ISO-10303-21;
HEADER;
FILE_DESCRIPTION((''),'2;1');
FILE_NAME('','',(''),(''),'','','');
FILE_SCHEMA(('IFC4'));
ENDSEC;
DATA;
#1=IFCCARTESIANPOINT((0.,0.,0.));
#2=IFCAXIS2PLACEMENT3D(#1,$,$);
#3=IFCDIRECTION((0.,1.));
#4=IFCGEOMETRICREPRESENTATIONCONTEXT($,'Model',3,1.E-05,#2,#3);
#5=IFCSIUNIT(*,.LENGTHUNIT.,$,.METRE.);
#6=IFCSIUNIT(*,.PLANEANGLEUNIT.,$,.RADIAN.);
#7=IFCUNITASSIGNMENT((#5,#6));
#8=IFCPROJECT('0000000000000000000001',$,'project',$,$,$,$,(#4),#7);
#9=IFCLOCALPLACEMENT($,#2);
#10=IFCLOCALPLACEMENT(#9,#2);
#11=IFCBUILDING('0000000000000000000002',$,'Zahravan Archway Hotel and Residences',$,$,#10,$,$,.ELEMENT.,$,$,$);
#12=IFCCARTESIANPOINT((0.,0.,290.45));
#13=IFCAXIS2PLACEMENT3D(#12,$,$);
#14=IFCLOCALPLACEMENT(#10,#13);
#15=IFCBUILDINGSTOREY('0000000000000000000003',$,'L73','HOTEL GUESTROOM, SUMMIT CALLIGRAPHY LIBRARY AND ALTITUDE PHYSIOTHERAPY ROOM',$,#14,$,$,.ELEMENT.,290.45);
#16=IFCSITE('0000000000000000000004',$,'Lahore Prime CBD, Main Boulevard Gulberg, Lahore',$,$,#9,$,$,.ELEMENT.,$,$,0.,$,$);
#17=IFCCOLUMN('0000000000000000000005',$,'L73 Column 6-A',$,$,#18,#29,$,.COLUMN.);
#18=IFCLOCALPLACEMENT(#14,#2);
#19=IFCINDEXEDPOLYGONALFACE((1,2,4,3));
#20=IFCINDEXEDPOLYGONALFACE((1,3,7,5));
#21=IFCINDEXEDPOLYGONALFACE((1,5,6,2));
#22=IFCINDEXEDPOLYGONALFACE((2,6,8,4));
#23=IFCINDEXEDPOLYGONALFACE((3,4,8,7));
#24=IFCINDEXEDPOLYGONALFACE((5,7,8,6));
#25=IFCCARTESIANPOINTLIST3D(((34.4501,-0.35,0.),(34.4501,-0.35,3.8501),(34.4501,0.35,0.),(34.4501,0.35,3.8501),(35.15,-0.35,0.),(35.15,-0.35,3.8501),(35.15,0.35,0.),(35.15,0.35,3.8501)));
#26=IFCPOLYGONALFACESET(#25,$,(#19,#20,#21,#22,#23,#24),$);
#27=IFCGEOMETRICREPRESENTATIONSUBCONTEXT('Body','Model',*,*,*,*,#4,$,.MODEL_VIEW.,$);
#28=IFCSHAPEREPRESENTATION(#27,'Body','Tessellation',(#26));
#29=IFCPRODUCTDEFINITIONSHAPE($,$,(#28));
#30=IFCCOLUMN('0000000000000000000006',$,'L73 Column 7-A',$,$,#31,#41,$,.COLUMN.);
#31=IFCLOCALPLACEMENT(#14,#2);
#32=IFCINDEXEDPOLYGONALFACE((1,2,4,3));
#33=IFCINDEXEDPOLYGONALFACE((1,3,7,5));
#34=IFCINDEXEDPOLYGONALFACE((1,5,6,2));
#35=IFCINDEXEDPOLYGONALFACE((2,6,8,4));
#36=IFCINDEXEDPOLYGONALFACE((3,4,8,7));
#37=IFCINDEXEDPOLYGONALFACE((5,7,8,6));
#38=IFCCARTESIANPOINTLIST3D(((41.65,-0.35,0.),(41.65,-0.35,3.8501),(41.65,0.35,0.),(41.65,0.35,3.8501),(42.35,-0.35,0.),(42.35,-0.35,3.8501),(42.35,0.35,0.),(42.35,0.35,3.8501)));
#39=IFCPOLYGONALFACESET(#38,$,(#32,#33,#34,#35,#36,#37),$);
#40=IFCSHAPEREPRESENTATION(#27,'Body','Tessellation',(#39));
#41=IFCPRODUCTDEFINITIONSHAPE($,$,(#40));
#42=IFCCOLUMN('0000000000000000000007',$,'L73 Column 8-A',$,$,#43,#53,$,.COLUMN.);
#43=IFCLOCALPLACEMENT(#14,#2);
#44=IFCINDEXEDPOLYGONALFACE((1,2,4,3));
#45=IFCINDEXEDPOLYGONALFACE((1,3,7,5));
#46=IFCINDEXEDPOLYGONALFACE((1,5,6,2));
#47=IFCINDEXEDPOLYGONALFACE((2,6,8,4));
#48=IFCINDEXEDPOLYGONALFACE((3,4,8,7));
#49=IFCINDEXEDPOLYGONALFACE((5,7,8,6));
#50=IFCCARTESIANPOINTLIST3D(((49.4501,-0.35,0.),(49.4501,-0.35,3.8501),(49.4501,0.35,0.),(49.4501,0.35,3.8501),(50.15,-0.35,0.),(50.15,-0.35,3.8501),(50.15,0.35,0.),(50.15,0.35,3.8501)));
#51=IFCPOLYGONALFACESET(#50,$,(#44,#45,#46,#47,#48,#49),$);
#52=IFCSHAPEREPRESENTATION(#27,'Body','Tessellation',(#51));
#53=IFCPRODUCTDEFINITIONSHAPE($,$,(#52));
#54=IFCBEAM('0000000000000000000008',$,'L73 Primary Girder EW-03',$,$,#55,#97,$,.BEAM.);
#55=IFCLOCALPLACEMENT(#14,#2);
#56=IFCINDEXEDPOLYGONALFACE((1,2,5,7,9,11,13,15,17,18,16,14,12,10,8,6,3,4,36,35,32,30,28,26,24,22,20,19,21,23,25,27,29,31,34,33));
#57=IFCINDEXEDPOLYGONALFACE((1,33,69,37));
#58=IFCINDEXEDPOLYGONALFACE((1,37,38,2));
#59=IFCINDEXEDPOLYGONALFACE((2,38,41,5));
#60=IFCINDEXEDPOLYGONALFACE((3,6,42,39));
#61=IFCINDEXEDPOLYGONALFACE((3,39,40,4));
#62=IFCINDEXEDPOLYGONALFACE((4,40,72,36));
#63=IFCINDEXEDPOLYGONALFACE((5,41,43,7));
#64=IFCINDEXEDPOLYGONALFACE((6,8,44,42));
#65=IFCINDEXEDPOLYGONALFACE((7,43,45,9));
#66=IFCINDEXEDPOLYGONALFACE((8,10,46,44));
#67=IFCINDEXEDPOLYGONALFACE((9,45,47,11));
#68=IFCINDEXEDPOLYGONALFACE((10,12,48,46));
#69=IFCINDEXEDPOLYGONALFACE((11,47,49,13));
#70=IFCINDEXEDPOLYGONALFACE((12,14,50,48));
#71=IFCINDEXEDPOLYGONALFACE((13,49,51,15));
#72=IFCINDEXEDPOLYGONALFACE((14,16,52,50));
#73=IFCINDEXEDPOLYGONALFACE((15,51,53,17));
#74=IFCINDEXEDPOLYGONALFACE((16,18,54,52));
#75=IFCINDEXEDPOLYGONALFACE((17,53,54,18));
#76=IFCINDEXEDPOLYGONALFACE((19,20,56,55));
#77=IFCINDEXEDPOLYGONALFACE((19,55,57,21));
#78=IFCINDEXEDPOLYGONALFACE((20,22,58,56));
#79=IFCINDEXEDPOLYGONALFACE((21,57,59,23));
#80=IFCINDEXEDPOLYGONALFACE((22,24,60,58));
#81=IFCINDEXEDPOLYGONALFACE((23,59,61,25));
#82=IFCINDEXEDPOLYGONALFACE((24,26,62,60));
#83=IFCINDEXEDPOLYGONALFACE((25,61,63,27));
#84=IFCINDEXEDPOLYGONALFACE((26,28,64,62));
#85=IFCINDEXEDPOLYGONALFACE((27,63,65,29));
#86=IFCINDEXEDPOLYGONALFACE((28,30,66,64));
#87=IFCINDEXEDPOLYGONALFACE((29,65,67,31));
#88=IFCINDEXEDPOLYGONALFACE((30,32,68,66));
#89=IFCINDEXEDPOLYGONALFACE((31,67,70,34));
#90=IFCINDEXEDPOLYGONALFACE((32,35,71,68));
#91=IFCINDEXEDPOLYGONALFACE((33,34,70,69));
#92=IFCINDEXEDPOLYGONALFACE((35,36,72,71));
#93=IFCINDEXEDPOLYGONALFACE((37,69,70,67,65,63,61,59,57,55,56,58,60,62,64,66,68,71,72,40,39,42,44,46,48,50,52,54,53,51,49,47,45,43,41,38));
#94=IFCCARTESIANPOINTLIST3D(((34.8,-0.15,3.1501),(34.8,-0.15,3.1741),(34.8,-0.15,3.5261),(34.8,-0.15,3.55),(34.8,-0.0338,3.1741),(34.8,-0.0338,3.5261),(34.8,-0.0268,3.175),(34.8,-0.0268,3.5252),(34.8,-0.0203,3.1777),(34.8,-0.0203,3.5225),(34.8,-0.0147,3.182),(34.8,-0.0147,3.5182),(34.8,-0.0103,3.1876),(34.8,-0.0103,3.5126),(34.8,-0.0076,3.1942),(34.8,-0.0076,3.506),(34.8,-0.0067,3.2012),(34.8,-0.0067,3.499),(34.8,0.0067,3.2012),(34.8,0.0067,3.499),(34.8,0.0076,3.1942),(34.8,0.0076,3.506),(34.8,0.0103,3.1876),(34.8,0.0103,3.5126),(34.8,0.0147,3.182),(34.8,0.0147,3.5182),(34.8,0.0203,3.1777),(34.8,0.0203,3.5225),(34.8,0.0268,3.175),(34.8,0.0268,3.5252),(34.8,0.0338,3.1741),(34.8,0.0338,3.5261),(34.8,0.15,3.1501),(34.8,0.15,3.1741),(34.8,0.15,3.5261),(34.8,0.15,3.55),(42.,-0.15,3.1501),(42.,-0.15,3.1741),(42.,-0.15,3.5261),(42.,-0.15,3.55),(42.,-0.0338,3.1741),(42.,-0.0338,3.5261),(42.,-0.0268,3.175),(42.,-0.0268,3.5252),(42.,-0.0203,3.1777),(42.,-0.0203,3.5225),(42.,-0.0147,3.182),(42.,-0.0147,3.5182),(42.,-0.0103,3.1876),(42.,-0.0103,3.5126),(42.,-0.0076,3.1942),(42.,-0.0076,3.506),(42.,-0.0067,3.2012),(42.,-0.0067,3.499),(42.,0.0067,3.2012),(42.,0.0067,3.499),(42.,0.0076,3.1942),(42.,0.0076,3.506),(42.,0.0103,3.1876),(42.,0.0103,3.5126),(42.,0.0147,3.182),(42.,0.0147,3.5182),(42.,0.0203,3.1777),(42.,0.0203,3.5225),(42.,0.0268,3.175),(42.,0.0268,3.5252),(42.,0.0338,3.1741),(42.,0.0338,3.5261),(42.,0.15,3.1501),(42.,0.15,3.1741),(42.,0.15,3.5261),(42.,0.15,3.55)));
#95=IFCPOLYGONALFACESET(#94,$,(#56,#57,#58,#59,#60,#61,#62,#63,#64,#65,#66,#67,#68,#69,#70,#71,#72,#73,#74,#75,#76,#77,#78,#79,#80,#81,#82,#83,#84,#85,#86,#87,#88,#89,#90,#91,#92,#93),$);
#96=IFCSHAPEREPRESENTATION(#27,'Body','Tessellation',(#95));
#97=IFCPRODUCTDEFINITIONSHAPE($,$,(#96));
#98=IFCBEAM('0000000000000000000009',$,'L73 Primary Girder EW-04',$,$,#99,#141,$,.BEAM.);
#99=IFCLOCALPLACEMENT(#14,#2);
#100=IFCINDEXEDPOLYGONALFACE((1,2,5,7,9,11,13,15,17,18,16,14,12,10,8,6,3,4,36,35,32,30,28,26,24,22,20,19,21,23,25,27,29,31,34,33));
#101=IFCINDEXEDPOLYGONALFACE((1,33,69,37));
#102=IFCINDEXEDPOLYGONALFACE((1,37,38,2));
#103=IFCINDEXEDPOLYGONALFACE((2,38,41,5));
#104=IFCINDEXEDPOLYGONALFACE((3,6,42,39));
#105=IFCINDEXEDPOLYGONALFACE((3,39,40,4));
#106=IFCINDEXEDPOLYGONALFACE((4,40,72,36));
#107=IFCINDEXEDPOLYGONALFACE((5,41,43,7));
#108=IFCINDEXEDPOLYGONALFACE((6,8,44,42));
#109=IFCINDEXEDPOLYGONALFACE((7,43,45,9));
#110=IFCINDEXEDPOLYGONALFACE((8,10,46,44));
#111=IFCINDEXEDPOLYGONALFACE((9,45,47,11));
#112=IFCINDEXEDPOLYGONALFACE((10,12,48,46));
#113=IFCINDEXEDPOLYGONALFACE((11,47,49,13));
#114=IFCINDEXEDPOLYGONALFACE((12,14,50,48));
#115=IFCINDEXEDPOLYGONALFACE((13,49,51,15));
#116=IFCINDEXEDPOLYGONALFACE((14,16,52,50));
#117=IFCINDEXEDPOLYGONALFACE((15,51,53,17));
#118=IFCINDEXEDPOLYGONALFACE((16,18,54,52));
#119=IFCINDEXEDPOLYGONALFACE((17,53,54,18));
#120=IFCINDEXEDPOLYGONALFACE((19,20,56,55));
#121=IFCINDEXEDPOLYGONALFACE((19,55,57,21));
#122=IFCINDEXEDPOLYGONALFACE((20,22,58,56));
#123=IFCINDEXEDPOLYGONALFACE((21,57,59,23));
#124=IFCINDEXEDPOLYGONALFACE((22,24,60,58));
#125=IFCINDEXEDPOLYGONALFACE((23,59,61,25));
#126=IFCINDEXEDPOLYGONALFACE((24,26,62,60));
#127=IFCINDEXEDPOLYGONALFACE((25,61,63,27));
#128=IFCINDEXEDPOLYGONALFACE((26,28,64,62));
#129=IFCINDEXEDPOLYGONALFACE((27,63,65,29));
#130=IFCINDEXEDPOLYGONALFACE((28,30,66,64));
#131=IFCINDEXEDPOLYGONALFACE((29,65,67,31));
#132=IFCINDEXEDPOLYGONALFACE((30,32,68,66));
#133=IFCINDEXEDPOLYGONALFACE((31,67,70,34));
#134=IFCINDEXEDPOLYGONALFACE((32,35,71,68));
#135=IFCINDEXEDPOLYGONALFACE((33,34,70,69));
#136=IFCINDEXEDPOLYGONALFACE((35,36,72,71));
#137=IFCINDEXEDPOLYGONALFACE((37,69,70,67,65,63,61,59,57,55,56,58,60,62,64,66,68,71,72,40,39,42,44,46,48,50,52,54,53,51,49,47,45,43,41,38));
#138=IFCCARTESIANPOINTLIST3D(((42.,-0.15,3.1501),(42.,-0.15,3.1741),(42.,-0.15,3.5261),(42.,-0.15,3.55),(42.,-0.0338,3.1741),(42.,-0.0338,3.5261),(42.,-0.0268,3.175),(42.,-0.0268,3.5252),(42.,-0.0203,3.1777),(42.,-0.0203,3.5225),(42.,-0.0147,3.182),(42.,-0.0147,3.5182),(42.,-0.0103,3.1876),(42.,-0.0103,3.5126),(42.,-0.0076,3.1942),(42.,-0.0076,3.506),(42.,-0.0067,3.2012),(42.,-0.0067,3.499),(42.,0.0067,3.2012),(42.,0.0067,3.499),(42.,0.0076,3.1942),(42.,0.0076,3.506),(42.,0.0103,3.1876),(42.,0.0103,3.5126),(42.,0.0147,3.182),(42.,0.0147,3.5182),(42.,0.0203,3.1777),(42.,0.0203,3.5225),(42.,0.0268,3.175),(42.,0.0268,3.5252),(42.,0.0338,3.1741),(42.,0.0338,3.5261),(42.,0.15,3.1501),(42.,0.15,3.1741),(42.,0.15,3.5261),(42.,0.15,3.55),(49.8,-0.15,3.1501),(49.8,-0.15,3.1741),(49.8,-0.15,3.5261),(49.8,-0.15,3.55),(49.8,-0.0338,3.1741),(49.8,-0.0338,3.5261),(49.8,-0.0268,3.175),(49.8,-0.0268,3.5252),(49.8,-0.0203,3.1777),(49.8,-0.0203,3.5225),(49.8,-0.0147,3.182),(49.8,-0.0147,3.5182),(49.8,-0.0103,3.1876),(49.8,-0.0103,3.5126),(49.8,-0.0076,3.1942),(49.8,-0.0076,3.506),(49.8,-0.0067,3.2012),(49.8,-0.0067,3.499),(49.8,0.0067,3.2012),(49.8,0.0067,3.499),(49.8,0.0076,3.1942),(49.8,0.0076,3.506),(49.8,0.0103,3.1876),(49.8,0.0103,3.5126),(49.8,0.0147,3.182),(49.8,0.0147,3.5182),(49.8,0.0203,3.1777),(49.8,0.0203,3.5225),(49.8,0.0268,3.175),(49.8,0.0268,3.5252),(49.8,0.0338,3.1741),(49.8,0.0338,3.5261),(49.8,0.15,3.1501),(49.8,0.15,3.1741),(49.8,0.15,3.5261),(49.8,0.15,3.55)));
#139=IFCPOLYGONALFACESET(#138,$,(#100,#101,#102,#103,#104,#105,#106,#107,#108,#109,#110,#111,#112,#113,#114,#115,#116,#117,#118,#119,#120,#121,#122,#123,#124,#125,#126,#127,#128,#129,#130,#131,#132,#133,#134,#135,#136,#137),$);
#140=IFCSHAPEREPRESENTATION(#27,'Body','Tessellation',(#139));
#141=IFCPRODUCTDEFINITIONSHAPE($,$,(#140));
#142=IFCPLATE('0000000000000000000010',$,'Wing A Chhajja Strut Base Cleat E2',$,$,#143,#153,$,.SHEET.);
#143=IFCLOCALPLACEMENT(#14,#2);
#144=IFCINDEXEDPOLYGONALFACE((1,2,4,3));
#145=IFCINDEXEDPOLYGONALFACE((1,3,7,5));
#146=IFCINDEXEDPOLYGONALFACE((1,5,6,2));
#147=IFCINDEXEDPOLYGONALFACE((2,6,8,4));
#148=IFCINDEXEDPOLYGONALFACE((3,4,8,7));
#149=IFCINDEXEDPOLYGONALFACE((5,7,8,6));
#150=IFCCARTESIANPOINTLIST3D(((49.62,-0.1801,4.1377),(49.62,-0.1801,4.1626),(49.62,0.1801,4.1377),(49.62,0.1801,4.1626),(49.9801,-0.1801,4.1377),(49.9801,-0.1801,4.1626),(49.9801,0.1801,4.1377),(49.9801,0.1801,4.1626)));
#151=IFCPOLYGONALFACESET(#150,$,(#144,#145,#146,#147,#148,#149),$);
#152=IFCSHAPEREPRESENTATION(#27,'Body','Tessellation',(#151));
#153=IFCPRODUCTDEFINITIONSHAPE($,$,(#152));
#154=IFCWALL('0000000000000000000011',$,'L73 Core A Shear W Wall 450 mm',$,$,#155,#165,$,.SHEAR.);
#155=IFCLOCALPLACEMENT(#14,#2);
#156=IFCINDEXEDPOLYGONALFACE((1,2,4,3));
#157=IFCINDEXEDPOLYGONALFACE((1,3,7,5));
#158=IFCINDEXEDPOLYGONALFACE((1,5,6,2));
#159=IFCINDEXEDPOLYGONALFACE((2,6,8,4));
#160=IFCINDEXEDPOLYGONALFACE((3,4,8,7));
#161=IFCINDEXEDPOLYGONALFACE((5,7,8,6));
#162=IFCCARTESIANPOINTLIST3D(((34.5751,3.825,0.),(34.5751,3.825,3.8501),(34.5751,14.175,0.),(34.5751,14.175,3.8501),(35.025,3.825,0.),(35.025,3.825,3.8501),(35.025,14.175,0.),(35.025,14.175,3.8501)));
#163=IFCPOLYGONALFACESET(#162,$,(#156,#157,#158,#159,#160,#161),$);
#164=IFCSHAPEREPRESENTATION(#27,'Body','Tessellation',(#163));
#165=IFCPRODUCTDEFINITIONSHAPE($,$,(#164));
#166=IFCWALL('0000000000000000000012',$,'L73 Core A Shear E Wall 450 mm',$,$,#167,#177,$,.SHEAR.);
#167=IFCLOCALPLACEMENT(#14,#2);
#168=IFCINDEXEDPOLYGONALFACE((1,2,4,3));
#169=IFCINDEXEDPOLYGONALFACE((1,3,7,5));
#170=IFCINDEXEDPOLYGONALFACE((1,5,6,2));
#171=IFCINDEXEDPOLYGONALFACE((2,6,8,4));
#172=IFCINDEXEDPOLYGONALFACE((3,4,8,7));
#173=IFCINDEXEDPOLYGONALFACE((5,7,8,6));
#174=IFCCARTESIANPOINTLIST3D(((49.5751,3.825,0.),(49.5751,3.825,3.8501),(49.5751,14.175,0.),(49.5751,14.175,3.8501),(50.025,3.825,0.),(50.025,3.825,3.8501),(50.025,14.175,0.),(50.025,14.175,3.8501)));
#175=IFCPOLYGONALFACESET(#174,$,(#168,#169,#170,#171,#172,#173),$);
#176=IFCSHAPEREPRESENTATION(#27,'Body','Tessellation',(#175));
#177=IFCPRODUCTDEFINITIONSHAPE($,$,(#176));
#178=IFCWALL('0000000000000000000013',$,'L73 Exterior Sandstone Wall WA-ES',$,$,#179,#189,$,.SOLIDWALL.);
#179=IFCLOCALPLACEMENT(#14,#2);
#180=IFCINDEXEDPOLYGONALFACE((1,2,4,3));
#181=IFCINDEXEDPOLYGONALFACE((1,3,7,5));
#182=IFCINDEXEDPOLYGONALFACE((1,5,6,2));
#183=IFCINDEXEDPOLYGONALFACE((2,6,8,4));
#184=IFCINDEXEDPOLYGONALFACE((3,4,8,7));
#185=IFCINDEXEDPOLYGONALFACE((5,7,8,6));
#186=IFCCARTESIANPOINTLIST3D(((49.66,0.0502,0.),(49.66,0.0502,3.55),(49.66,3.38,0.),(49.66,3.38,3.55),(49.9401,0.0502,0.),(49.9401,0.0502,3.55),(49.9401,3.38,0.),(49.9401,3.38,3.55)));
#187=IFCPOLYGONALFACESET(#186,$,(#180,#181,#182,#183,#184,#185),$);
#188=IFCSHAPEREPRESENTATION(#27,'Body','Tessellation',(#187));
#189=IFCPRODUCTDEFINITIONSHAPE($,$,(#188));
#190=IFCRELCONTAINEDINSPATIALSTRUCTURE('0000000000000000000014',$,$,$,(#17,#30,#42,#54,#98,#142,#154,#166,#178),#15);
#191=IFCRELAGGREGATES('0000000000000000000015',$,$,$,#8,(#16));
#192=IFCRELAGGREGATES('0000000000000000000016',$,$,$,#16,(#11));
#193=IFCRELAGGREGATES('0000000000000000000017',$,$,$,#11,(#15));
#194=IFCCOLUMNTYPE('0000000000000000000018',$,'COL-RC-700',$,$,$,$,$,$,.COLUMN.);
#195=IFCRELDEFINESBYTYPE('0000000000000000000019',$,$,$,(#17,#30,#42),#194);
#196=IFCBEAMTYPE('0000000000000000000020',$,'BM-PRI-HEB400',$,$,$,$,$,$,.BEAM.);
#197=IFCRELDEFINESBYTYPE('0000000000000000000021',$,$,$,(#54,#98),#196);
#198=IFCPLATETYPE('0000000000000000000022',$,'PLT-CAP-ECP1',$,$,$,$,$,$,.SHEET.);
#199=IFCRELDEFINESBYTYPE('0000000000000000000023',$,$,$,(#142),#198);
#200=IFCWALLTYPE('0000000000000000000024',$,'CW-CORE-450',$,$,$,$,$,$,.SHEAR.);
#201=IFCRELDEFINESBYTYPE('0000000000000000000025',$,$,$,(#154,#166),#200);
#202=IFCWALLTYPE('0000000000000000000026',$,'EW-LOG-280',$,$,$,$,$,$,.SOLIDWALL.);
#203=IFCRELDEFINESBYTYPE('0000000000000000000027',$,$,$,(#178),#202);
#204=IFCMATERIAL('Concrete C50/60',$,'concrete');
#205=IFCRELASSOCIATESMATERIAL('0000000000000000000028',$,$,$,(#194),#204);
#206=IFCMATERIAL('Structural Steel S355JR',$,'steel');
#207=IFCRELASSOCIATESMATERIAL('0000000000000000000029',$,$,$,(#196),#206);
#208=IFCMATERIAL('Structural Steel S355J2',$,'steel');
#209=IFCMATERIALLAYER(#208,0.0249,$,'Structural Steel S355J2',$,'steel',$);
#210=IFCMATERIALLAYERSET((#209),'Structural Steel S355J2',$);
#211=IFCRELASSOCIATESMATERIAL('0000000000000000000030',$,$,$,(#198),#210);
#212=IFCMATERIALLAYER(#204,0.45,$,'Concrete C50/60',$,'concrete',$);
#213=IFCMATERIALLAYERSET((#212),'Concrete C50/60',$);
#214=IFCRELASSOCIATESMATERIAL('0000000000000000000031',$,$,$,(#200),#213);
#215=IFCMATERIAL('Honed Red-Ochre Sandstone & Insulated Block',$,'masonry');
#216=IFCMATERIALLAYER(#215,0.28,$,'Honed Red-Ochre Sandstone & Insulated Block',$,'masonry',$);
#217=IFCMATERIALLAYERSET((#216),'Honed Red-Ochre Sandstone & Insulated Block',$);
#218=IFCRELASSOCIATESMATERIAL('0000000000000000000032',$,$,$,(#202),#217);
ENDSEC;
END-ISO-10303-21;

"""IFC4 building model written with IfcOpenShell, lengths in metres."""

from ifc_helpers import new_model, si_unit, direction, frame, frame_2d, origin, origin_2d, place, context, subcontext, project, spatial, rectangle, i_section, extrude, source, transform, mapped, material, layer, layer_set, material_profile, profile_set, type_object, type_shapes, element, save


model = new_model("IFC4")

# Units and contexts
model_context = context("Model", 3, precision=1e-05, world=origin(), true_north=direction((0.0, 1.0)))
body_context = subcontext(model_context, "Body", "Model", "MODEL_VIEW")
ifc_project = project(units=[si_unit("LENGTHUNIT", "METRE"), si_unit("PLANEANGLEUNIT", "RADIAN")], contexts=[model_context])

# Site, building, storey
site_placement = place(None, origin())
site = spatial("IfcSite", under=ifc_project, at=site_placement, Name="Lahore Prime CBD, Main Boulevard Gulberg, Lahore", CompositionType="ELEMENT", RefElevation=0.0)
building_placement = place(site_placement, origin())
building = spatial("IfcBuilding", under=site, at=building_placement, Name="Zahravan Archway Hotel and Residences", CompositionType="ELEMENT")
storey_placement = place(building_placement, frame((0.0, 0.0, 290.45)))
storey = spatial("IfcBuildingStorey", under=building, at=storey_placement, Name="L73", Description="HOTEL GUESTROOM, SUMMIT CALLIGRAPHY LIBRARY AND ALTITUDE PHYSIOTHERAPY ROOM", CompositionType="ELEMENT", Elevation=290.45)

# Columns
ifc_material_1 = material(Name="Concrete C50/60", Category="concrete")
ifc_material_profile_1 = material_profile(ifc_material_1, rectangle(XDim=0.7, YDim=0.7, at=origin_2d()), Name="RC-COL-700x700", Category="concrete")
ifc_profile_set_1 = profile_set([ifc_material_profile_1], Name="Concrete C50/60")
column_type = type_object("IfcColumnType", Name="COL-RC-700", PredefinedType="COLUMN", material=ifc_profile_set_1)
shared_shape_1 = source(origin(), body_context, "Body", "SweptSolid", [
    extrude(rectangle(XDim=0.7, YDim=0.7, at=origin_2d()), origin(), (0.0, 0.0, 1.0), 3.8501),
])
for number, where, z_axis, x_axis, name in (
    (1, (34.8, 0.0, 0.0), (0.0, 0.0, 1.0), (1.0, 0.0, 0.0), "L73 Column 6-A"),
    (2, (42.0, 0.0, 0.0), (0.0, 0.0, 1.0), (1.0, 0.0, 0.0), "L73 Column 7-A"),
    (3, (49.8, 0.0, 0.0), (0.0, 0.0, 1.0), (1.0, 0.0, 0.0), "L73 Column 8-A"),
):
    element("IfcColumn", number, at=place(storey_placement, frame(where, z_axis=z_axis, x_axis=x_axis)), inside=storey, type_object=column_type, Name=name, PredefinedType="COLUMN", context=body_context, shape_type="MappedRepresentation", body=[
        mapped(shared_shape_1, transform((0.0, 0.0, 0.0), scale=1.0)),
    ])

# Beams
ifc_material_2 = material(Name="Structural Steel S355JR", Category="steel")
ifc_material_profile_2 = material_profile(ifc_material_2, i_section(OverallWidth=0.3, OverallDepth=0.3999, WebThickness=0.0134, FlangeThickness=0.0239, FilletRadius=0.0271, at=origin_2d()), Name="HEB 400", Category="steel")
ifc_profile_set_2 = profile_set([ifc_material_profile_2], Name="Structural Steel S355JR")
beam_type = type_object("IfcBeamType", Name="BM-PRI-HEB400", PredefinedType="BEAM", material=ifc_profile_set_2)
shared_shape_2 = source(origin(), body_context, "Body", "SweptSolid", [
    extrude(i_section(OverallWidth=0.3, OverallDepth=0.3999, WebThickness=0.0134, FlangeThickness=0.0239, FilletRadius=0.0271, at=origin_2d()), origin(), (0.0, 0.0, 1.0), 7.2),
])
type_shapes(beam_type, [shared_shape_2])
beam_1_placement = place(storey_placement, frame((34.8, 0.0, 3.3501), z_axis=(1.0, 0.0, 0.0), x_axis=(0.0, 1.0, 0.0)))
element("IfcBeam", 4, at=beam_1_placement, inside=storey, type_object=beam_type, Name="L73 Primary Girder EW-03", PredefinedType="BEAM", context=body_context, shape_type="MappedRepresentation", body=[
    mapped(shared_shape_2, transform((0.0, 0.0, 0.0), scale=1.0)),
])
shared_shape_3 = source(origin(), body_context, "Body", "SweptSolid", [
    extrude(i_section(OverallWidth=0.3, OverallDepth=0.3999, WebThickness=0.0134, FlangeThickness=0.0239, FilletRadius=0.0271, at=origin_2d()), origin(), (0.0, 0.0, 1.0), 7.8),
])
beam_2_placement = place(storey_placement, frame((42.0, 0.0, 3.3501), z_axis=(1.0, 0.0, 0.0), x_axis=(0.0, 1.0, 0.0)))
element("IfcBeam", 5, at=beam_2_placement, inside=storey, type_object=beam_type, Name="L73 Primary Girder EW-04", PredefinedType="BEAM", context=body_context, shape_type="MappedRepresentation", body=[
    mapped(shared_shape_3, transform((0.0, 0.0, 0.0), scale=1.0)),
])

# Plate
ifc_material_3 = material(Name="Structural Steel S355J2", Category="steel")
ifc_layer_1 = layer(ifc_material_3, 0.0249, Name="Structural Steel S355J2", Category="steel")
ifc_layer_set_1 = layer_set([ifc_layer_1], Name="Structural Steel S355J2")
plate_type = type_object("IfcPlateType", Name="PLT-CAP-ECP1", PredefinedType="SHEET", material=ifc_layer_set_1)
shared_shape_4 = source(origin(), body_context, "Body", "SweptSolid", [
    extrude(rectangle(XDim=0.3601, YDim=0.3601, at=origin_2d()), origin(), (0.0, 0.0, 1.0), 0.0249),
])
type_shapes(plate_type, [shared_shape_4])
plate_placement = place(storey_placement, frame((49.8, 0.0, 4.1377), z_axis=(0.0, 0.0, 1.0), x_axis=(1.0, 0.0, 0.0)))
element("IfcPlate", 6, at=plate_placement, inside=storey, type_object=plate_type, Name="Wing A Chhajja Strut Base Cleat E2", PredefinedType="SHEET", context=body_context, shape_type="MappedRepresentation", body=[
    mapped(shared_shape_4, transform((0.0, 0.0, 0.0), scale=1.0)),
])

# Walls
ifc_layer_2 = layer(ifc_material_1, 0.45, Name="Concrete C50/60", Category="concrete")
ifc_layer_set_2 = layer_set([ifc_layer_2], Name="Concrete C50/60")
wall_type_1 = type_object("IfcWallType", Name="CW-CORE-450", PredefinedType="SHEAR", material=ifc_layer_set_2)
for number, where, z_axis, x_axis, name in (
    (7, (34.8, 3.825, 0.0), (0.0, 0.0, 1.0), (0.0, 1.0, 0.0), "L73 Core A Shear W Wall 450 mm"),
    (8, (49.8, 3.825, 0.0), (0.0, 0.0, 1.0), (0.0, 1.0, 0.0), "L73 Core A Shear E Wall 450 mm"),
):
    element("IfcWall", number, at=place(storey_placement, frame(where, z_axis=z_axis, x_axis=x_axis)), inside=storey, type_object=wall_type_1, Name=name, PredefinedType="SHEAR", context=body_context, shape_type="SweptSolid", body=[
        extrude(rectangle(XDim=10.3501, YDim=0.45, at=frame_2d((5.175, 0.0))), origin(), (0.0, 0.0, 1.0), 3.8501),
    ])
ifc_material_4 = material(Name="Honed Red-Ochre Sandstone & Insulated Block", Category="masonry")
ifc_layer_3 = layer(ifc_material_4, 0.28, Name="Honed Red-Ochre Sandstone & Insulated Block", Category="masonry")
ifc_layer_set_3 = layer_set([ifc_layer_3], Name="Honed Red-Ochre Sandstone & Insulated Block")
wall_type_2 = type_object("IfcWallType", Name="EW-LOG-280", PredefinedType="SOLIDWALL", material=ifc_layer_set_3)
wall_1_placement = place(storey_placement, frame((49.8, 0.05, 0.0), z_axis=(0.0, 0.0, 1.0), x_axis=(0.0, 1.0, 0.0)))
element("IfcWall", 9, at=wall_1_placement, inside=storey, type_object=wall_type_2, Name="L73 Exterior Sandstone Wall WA-ES", PredefinedType="SOLIDWALL", context=body_context, shape_type="SweptSolid", body=[
    extrude(rectangle(XDim=3.3298, YDim=0.28, at=frame_2d((1.665, 0.0))), origin(), (0.0, 0.0, 1.0), 3.55),
])

save(model, "model.ifc")
